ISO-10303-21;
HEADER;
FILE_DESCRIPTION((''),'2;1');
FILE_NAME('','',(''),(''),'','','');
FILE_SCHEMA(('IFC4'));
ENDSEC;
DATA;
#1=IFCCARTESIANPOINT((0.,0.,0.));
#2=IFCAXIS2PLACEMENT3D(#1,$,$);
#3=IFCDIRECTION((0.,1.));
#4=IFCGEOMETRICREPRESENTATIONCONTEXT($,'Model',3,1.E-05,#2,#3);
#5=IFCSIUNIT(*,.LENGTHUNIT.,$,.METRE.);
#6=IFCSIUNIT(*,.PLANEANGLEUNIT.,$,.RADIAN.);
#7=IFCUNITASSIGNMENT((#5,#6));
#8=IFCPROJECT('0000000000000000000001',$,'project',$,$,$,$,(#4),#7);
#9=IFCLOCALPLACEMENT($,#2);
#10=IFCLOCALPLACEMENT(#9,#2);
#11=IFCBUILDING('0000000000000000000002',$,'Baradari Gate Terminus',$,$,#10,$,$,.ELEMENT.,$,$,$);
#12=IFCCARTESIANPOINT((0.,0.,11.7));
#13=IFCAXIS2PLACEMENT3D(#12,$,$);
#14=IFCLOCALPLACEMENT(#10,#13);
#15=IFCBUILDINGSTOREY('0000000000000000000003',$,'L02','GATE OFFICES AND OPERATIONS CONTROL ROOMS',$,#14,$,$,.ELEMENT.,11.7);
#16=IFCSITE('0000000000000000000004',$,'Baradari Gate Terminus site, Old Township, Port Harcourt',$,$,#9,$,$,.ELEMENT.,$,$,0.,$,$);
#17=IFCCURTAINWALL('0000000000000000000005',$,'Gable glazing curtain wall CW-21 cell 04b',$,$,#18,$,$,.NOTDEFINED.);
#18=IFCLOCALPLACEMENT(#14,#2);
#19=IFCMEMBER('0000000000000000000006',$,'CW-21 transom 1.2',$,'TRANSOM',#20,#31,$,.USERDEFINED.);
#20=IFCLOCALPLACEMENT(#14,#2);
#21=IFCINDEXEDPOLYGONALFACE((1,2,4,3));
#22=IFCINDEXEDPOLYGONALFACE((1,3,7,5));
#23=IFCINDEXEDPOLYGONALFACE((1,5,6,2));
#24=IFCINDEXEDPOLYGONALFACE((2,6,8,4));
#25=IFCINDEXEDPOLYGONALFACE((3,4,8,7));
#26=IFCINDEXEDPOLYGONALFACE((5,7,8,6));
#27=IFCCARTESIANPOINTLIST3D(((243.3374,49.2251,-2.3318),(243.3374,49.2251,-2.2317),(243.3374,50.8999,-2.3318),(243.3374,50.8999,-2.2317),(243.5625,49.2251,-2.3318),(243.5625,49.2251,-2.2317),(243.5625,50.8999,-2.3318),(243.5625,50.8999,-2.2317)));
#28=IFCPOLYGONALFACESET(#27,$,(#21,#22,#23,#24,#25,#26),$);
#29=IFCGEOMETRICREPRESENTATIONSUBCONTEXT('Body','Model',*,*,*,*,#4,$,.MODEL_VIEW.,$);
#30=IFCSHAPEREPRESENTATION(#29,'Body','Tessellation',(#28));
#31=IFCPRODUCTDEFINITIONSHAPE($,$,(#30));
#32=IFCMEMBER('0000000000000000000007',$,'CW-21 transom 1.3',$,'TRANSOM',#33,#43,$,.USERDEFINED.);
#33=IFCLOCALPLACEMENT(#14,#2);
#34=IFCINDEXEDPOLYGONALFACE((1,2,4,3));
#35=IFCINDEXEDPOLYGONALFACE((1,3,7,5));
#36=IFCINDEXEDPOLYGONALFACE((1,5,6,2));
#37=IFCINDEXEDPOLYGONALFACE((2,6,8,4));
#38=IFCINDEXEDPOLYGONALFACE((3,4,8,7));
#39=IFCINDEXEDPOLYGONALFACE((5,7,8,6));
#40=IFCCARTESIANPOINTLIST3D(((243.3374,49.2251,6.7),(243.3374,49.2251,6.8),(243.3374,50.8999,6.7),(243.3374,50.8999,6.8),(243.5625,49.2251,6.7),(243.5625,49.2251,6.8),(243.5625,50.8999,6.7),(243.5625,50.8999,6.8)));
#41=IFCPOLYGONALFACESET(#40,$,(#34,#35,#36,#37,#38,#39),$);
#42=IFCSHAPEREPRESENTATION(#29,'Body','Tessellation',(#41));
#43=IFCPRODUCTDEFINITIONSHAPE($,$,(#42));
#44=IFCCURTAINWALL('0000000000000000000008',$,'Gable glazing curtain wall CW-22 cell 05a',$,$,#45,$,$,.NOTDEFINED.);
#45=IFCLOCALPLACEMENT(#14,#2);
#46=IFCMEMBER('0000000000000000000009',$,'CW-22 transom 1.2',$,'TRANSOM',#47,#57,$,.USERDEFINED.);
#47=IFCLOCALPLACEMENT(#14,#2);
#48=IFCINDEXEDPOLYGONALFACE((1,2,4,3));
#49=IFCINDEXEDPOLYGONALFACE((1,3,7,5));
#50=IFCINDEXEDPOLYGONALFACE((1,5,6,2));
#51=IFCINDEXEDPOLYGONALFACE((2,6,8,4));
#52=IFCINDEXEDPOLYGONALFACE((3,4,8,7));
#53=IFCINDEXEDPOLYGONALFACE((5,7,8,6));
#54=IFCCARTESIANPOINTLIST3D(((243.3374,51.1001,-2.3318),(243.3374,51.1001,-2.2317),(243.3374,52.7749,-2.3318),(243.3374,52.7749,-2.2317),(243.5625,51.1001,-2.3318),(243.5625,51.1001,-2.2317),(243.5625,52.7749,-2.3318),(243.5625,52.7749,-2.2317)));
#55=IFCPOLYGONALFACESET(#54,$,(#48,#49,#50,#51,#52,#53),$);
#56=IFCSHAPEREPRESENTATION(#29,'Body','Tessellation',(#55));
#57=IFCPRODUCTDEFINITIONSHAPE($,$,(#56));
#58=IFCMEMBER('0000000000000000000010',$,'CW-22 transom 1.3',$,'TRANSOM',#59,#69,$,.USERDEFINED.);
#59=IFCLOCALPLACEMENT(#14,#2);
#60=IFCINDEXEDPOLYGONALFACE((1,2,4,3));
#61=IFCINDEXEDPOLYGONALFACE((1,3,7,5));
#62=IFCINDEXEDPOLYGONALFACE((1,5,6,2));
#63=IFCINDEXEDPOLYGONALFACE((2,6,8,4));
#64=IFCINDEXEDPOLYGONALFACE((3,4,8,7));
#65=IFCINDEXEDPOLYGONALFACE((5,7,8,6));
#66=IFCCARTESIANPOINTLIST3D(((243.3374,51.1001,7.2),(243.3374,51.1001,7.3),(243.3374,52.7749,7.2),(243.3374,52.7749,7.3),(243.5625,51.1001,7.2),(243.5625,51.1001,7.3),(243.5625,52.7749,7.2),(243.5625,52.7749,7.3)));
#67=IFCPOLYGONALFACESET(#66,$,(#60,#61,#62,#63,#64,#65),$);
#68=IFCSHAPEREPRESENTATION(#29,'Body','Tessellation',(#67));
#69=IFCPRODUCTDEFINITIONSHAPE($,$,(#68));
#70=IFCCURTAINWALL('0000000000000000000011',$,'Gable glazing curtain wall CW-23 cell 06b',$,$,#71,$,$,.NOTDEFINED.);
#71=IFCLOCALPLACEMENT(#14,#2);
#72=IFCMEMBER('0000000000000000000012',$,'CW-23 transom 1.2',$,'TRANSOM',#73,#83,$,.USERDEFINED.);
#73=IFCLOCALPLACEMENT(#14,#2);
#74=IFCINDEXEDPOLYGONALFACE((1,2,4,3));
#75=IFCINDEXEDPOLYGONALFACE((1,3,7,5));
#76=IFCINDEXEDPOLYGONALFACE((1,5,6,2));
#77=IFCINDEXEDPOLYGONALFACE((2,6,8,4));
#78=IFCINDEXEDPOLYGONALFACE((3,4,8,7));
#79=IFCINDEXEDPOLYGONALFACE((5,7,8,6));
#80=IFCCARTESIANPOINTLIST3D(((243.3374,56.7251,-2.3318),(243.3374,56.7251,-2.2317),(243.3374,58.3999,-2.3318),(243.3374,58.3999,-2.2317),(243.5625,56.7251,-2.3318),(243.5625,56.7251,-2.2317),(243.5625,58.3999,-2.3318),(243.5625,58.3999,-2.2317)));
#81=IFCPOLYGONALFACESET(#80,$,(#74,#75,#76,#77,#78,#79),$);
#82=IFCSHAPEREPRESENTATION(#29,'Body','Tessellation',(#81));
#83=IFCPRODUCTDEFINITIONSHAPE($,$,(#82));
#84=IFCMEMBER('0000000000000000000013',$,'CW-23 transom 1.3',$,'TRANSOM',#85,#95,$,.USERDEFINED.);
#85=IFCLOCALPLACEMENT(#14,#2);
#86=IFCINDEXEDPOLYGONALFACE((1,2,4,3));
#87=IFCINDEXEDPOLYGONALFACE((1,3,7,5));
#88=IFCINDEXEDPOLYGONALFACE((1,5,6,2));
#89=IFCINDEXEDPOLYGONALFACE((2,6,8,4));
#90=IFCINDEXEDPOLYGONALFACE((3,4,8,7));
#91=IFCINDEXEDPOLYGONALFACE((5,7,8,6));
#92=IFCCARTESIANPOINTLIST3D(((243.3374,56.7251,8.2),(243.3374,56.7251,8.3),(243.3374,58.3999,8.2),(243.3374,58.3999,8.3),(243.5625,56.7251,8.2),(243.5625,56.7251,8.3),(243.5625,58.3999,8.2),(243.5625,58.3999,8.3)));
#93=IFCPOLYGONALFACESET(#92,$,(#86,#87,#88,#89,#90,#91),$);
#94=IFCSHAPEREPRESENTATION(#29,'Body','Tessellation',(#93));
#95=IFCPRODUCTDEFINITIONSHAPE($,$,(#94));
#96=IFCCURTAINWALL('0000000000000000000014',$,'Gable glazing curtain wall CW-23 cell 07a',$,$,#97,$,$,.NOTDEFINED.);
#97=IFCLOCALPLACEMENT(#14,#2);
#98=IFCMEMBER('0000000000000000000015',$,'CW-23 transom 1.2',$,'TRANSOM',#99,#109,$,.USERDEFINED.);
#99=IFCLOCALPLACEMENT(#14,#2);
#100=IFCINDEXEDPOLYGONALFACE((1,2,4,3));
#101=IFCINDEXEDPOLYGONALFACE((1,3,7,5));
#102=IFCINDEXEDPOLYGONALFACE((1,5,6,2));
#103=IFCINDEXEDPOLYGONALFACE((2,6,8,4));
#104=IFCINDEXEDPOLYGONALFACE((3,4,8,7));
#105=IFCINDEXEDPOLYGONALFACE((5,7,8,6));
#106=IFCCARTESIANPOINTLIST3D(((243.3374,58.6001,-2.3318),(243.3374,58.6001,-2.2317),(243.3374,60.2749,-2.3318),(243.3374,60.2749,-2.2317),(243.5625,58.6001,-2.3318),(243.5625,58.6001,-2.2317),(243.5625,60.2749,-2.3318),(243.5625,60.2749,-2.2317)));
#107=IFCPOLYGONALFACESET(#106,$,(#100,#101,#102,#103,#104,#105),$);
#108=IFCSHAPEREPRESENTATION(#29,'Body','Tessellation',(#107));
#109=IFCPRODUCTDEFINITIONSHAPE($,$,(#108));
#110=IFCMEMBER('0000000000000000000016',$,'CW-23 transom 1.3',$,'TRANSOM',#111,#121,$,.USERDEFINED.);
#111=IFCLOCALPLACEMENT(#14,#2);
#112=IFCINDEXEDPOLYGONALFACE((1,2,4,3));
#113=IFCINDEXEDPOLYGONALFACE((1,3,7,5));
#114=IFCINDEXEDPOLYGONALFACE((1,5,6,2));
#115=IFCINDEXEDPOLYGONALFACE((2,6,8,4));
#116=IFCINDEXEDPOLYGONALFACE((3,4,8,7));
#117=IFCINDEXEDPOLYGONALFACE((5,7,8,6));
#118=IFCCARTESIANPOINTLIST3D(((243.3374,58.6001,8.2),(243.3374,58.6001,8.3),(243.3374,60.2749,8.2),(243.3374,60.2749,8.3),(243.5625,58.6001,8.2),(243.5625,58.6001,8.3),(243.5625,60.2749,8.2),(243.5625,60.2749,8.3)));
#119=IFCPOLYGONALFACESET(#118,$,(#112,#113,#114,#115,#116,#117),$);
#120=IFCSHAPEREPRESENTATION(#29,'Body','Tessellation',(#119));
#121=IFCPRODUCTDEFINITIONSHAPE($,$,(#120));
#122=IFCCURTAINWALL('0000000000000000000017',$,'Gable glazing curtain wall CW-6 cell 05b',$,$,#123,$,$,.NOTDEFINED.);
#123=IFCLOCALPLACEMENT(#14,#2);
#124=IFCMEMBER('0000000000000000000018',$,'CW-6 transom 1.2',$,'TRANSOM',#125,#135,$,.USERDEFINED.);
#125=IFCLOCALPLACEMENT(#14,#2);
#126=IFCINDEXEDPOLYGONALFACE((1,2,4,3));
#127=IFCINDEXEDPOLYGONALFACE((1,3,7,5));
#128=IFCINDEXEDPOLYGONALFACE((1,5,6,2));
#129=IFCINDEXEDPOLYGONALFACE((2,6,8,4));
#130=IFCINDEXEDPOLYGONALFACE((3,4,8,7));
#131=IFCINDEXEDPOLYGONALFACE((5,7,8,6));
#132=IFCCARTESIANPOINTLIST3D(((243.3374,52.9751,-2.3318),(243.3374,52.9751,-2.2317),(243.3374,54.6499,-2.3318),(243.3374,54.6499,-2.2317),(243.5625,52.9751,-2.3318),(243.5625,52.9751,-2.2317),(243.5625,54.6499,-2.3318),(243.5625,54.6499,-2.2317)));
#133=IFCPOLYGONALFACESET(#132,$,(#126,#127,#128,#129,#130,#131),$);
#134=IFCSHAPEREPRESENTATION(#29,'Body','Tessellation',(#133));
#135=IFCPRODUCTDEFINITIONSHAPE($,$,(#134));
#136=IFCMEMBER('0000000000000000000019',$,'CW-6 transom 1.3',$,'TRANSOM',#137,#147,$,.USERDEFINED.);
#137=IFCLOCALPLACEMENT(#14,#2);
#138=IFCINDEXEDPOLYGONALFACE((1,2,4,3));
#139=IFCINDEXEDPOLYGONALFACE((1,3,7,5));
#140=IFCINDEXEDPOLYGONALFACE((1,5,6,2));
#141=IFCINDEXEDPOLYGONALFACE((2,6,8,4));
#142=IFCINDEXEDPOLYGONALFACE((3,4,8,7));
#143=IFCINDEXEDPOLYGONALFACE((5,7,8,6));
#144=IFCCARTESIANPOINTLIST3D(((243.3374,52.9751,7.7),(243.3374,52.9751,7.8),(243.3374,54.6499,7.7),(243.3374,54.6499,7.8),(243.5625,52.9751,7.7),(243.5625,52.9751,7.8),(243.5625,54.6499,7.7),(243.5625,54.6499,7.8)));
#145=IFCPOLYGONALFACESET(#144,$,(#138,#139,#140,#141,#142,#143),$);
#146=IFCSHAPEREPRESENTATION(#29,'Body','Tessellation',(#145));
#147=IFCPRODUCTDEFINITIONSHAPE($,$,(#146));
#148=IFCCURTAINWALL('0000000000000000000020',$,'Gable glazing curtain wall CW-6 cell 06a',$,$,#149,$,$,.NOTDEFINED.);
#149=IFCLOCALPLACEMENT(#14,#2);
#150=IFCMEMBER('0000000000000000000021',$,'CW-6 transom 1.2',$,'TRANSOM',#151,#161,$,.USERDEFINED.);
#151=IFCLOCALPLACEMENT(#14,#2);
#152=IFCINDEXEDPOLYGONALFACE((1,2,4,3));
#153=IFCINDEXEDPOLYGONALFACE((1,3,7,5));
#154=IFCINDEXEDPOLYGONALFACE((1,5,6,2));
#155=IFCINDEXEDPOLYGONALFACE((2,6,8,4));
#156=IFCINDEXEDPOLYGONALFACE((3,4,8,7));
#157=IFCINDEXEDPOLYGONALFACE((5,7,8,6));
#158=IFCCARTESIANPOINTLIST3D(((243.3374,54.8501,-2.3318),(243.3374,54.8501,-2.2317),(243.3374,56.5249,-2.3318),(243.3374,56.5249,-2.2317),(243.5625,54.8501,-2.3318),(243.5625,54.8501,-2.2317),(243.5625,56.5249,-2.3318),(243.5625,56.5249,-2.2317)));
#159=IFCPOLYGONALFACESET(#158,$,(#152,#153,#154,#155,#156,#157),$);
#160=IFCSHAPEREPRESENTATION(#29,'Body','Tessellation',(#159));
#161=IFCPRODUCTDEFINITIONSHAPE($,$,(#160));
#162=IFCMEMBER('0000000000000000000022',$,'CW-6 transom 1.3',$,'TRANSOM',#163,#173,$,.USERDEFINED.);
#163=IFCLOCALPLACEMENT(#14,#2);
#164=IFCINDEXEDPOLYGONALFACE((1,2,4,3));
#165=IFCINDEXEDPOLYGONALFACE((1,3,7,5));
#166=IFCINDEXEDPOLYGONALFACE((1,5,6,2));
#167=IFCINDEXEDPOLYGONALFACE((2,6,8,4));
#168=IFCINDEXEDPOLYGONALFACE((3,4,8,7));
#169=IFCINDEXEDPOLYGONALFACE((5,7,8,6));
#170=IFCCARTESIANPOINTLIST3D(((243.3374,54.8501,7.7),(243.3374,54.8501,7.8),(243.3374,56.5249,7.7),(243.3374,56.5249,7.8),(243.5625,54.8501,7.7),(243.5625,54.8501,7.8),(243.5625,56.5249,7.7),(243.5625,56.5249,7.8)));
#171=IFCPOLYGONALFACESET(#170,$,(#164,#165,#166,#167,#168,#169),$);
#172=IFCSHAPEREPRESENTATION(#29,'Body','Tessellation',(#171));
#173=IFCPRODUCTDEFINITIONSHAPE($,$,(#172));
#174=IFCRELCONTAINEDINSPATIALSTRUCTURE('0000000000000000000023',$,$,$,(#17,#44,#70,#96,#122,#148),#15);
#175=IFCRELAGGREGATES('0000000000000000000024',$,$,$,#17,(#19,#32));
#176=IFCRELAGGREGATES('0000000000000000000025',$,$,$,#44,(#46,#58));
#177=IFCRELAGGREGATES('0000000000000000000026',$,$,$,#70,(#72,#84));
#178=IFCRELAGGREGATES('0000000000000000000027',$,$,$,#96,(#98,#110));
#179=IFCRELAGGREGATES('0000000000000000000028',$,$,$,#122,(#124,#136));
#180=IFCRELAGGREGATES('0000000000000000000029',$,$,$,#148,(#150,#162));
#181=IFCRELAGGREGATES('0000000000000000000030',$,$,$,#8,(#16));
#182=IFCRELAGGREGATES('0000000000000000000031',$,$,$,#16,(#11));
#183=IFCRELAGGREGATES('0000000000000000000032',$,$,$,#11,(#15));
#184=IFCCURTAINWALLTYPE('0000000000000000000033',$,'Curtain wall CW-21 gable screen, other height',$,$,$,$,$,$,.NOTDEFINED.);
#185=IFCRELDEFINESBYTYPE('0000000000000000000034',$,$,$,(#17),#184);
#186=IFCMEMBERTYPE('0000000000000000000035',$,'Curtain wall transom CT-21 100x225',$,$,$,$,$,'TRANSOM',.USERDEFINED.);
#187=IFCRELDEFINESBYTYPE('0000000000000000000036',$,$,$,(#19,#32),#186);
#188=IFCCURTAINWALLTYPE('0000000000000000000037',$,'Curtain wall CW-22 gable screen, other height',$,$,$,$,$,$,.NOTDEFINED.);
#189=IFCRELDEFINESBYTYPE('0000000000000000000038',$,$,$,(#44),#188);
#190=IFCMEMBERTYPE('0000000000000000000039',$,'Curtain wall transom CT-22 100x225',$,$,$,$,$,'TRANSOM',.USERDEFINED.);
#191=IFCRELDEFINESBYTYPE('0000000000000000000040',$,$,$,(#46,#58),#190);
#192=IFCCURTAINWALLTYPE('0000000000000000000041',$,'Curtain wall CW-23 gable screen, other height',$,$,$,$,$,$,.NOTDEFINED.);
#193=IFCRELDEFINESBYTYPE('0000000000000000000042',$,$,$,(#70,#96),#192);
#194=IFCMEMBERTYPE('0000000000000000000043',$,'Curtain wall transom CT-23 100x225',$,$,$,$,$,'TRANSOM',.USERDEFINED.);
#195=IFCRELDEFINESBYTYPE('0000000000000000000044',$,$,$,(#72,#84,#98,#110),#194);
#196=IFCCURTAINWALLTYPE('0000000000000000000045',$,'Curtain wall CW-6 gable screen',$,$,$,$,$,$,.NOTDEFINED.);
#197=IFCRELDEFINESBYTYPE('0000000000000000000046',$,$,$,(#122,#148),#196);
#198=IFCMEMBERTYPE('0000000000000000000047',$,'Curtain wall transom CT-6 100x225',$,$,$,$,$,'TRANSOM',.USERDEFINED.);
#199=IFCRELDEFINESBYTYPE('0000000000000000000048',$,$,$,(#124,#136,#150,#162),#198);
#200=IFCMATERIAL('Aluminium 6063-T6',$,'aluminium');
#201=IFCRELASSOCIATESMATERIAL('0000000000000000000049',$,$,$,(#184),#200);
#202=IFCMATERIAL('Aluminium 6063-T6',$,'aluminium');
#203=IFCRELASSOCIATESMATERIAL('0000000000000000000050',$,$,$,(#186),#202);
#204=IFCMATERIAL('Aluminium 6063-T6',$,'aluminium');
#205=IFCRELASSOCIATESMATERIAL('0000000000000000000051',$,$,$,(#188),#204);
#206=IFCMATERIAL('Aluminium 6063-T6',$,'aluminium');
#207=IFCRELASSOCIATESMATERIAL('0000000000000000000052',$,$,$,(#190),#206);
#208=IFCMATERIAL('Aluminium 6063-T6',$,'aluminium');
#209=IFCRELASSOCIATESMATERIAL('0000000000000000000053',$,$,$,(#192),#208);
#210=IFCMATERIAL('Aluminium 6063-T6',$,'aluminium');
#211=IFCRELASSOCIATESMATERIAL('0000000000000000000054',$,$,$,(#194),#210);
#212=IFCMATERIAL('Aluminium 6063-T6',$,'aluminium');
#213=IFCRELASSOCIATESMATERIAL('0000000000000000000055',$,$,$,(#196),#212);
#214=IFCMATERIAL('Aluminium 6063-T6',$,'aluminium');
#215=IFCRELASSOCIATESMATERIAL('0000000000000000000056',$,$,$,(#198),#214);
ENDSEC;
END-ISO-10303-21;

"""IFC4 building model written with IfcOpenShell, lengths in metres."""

from ifc_helpers import new_model, si_unit, direction, frame, origin, origin_2d, place, context, subcontext, project, spatial, rectangle, extrude, material, material_profile, profile_set, type_object, element, aggregate, save


model = new_model("IFC4")

# Units and contexts
model_context = context("Model", 3, precision=1e-05, world=origin(), true_north=direction((0.0, 1.0)))
body_context = subcontext(model_context, "Body", "Model", "MODEL_VIEW")
ifc_project = project(units=[si_unit("LENGTHUNIT", "METRE"), si_unit("PLANEANGLEUNIT", "RADIAN")], contexts=[model_context])

# Site, building, storey
site_placement = place(None, origin())
site = spatial("IfcSite", under=ifc_project, at=site_placement, Name="Baradari Gate Terminus site, Old Township, Port Harcourt", CompositionType="ELEMENT", RefElevation=0.0)
building_placement = place(site_placement, origin())
building = spatial("IfcBuilding", under=site, at=building_placement, Name="Baradari Gate Terminus", CompositionType="ELEMENT")
storey_placement = place(building_placement, frame((0.0, 0.0, 11.7)))
storey = spatial("IfcBuildingStorey", under=building, at=storey_placement, Name="L02", Description="GATE OFFICES AND OPERATIONS CONTROL ROOMS", CompositionType="ELEMENT", Elevation=11.7)

# Curtain walls, members
ifc_material_1 = material(Name="Aluminium 6063-T6", Category="aluminium")
curtain_wall_type_1 = type_object("IfcCurtainWallType", Name="Curtain wall CW-21 gable screen, other height", PredefinedType="NOTDEFINED", material=ifc_material_1)
curtain_wall_1_placement = place(storey_placement, origin())
curtain_wall_1 = element("IfcCurtainWall", 1, at=curtain_wall_1_placement, inside=storey, type_object=curtain_wall_type_1, Name="Gable glazing curtain wall CW-21 cell 04b", PredefinedType="NOTDEFINED")
ifc_material_2 = material(Name="Aluminium 6063-T6", Category="aluminium")
ifc_material_profile_1 = material_profile(ifc_material_2, rectangle(XDim=0.2251, YDim=0.1001, at=origin_2d()), Name="CT-21 100X225")
ifc_profile_set_1 = profile_set([ifc_material_profile_1], Name="Aluminium 6063-T6")
member_type_1 = type_object("IfcMemberType", Name="Curtain wall transom CT-21 100x225", ElementType="TRANSOM", PredefinedType="USERDEFINED", material=ifc_profile_set_1)
member_1_placement = place(storey_placement, frame((243.45, 49.2251, -2.2817), z_axis=(0.0, 1.0, 0.0), x_axis=(-1.0, 0.0, 0.0)))
member_1 = element("IfcMember", 2, at=member_1_placement, type_object=member_type_1, Name="CW-21 transom 1.2", ObjectType="TRANSOM", PredefinedType="USERDEFINED", context=body_context, shape_type="SweptSolid", body=[
    extrude(rectangle(XDim=0.2251, YDim=0.1001, at=origin_2d()), origin(), (0.0, 0.0, 1.0), 1.6748),
])
member_2_placement = place(storey_placement, frame((243.45, 49.2251, 6.75), z_axis=(0.0, 1.0, 0.0), x_axis=(-1.0, 0.0, 0.0)))
member_2 = element("IfcMember", 3, at=member_2_placement, type_object=member_type_1, Name="CW-21 transom 1.3", ObjectType="TRANSOM", PredefinedType="USERDEFINED", context=body_context, shape_type="SweptSolid", body=[
    extrude(rectangle(XDim=0.2251, YDim=0.1001, at=origin_2d()), origin(), (0.0, 0.0, 1.0), 1.6748),
])
ifc_material_3 = material(Name="Aluminium 6063-T6", Category="aluminium")
curtain_wall_type_2 = type_object("IfcCurtainWallType", Name="Curtain wall CW-22 gable screen, other height", PredefinedType="NOTDEFINED", material=ifc_material_3)
curtain_wall_2_placement = place(storey_placement, origin())
curtain_wall_2 = element("IfcCurtainWall", 4, at=curtain_wall_2_placement, inside=storey, type_object=curtain_wall_type_2, Name="Gable glazing curtain wall CW-22 cell 05a", PredefinedType="NOTDEFINED")
ifc_material_4 = material(Name="Aluminium 6063-T6", Category="aluminium")
ifc_material_profile_2 = material_profile(ifc_material_4, rectangle(XDim=0.2251, YDim=0.1001, at=origin_2d()), Name="CT-22 100X225")
ifc_profile_set_2 = profile_set([ifc_material_profile_2], Name="Aluminium 6063-T6")
member_type_2 = type_object("IfcMemberType", Name="Curtain wall transom CT-22 100x225", ElementType="TRANSOM", PredefinedType="USERDEFINED", material=ifc_profile_set_2)
member_3_placement = place(storey_placement, frame((243.45, 51.1001, -2.2817), z_axis=(0.0, 1.0, 0.0), x_axis=(-1.0, 0.0, 0.0)))
member_3 = element("IfcMember", 5, at=member_3_placement, type_object=member_type_2, Name="CW-22 transom 1.2", ObjectType="TRANSOM", PredefinedType="USERDEFINED", context=body_context, shape_type="SweptSolid", body=[
    extrude(rectangle(XDim=0.2251, YDim=0.1001, at=origin_2d()), origin(), (0.0, 0.0, 1.0), 1.6748),
])
member_4_placement = place(storey_placement, frame((243.45, 51.1001, 7.25), z_axis=(0.0, 1.0, 0.0), x_axis=(-1.0, 0.0, 0.0)))
member_4 = element("IfcMember", 6, at=member_4_placement, type_object=member_type_2, Name="CW-22 transom 1.3", ObjectType="TRANSOM", PredefinedType="USERDEFINED", context=body_context, shape_type="SweptSolid", body=[
    extrude(rectangle(XDim=0.2251, YDim=0.1001, at=origin_2d()), origin(), (0.0, 0.0, 1.0), 1.6748),
])
ifc_material_5 = material(Name="Aluminium 6063-T6", Category="aluminium")
curtain_wall_type_3 = type_object("IfcCurtainWallType", Name="Curtain wall CW-23 gable screen, other height", PredefinedType="NOTDEFINED", material=ifc_material_5)
curtain_wall_3_placement = place(storey_placement, origin())
curtain_wall_3 = element("IfcCurtainWall", 7, at=curtain_wall_3_placement, inside=storey, type_object=curtain_wall_type_3, Name="Gable glazing curtain wall CW-23 cell 06b", PredefinedType="NOTDEFINED")
ifc_material_6 = material(Name="Aluminium 6063-T6", Category="aluminium")
ifc_material_profile_3 = material_profile(ifc_material_6, rectangle(XDim=0.2251, YDim=0.1001, at=origin_2d()), Name="CT-23 100X225")
ifc_profile_set_3 = profile_set([ifc_material_profile_3], Name="Aluminium 6063-T6")
member_type_3 = type_object("IfcMemberType", Name="Curtain wall transom CT-23 100x225", ElementType="TRANSOM", PredefinedType="USERDEFINED", material=ifc_profile_set_3)
member_5_placement = place(storey_placement, frame((243.45, 56.7251, -2.2817), z_axis=(0.0, 1.0, 0.0), x_axis=(-1.0, 0.0, 0.0)))
member_5 = element("IfcMember", 8, at=member_5_placement, type_object=member_type_3, Name="CW-23 transom 1.2", ObjectType="TRANSOM", PredefinedType="USERDEFINED", context=body_context, shape_type="SweptSolid", body=[
    extrude(rectangle(XDim=0.2251, YDim=0.1001, at=origin_2d()), origin(), (0.0, 0.0, 1.0), 1.6748),
])
member_6_placement = place(storey_placement, frame((243.45, 56.7251, 8.25), z_axis=(0.0, 1.0, 0.0), x_axis=(-1.0, 0.0, 0.0)))
member_6 = element("IfcMember", 9, at=member_6_placement, type_object=member_type_3, Name="CW-23 transom 1.3", ObjectType="TRANSOM", PredefinedType="USERDEFINED", context=body_context, shape_type="SweptSolid", body=[
    extrude(rectangle(XDim=0.2251, YDim=0.1001, at=origin_2d()), origin(), (0.0, 0.0, 1.0), 1.6748),
])
curtain_wall_4_placement = place(storey_placement, origin())
curtain_wall_4 = element("IfcCurtainWall", 10, at=curtain_wall_4_placement, inside=storey, type_object=curtain_wall_type_3, Name="Gable glazing curtain wall CW-23 cell 07a", PredefinedType="NOTDEFINED")
member_7_placement = place(storey_placement, frame((243.45, 58.6001, -2.2817), z_axis=(0.0, 1.0, 0.0), x_axis=(-1.0, 0.0, 0.0)))
member_7 = element("IfcMember", 11, at=member_7_placement, type_object=member_type_3, Name="CW-23 transom 1.2", ObjectType="TRANSOM", PredefinedType="USERDEFINED", context=body_context, shape_type="SweptSolid", body=[
    extrude(rectangle(XDim=0.2251, YDim=0.1001, at=origin_2d()), origin(), (0.0, 0.0, 1.0), 1.6748),
])
member_8_placement = place(storey_placement, frame((243.45, 58.6001, 8.25), z_axis=(0.0, 1.0, 0.0), x_axis=(-1.0, 0.0, 0.0)))
member_8 = element("IfcMember", 12, at=member_8_placement, type_object=member_type_3, Name="CW-23 transom 1.3", ObjectType="TRANSOM", PredefinedType="USERDEFINED", context=body_context, shape_type="SweptSolid", body=[
    extrude(rectangle(XDim=0.2251, YDim=0.1001, at=origin_2d()), origin(), (0.0, 0.0, 1.0), 1.6748),
])
ifc_material_7 = material(Name="Aluminium 6063-T6", Category="aluminium")
curtain_wall_type_4 = type_object("IfcCurtainWallType", Name="Curtain wall CW-6 gable screen", PredefinedType="NOTDEFINED", material=ifc_material_7)
curtain_wall_5_placement = place(storey_placement, origin())
curtain_wall_5 = element("IfcCurtainWall", 13, at=curtain_wall_5_placement, inside=storey, type_object=curtain_wall_type_4, Name="Gable glazing curtain wall CW-6 cell 05b", PredefinedType="NOTDEFINED")
ifc_material_8 = material(Name="Aluminium 6063-T6", Category="aluminium")
ifc_material_profile_4 = material_profile(ifc_material_8, rectangle(XDim=0.2251, YDim=0.1001, at=origin_2d()), Name="CT-6 100X225")
ifc_profile_set_4 = profile_set([ifc_material_profile_4], Name="Aluminium 6063-T6")
member_type_4 = type_object("IfcMemberType", Name="Curtain wall transom CT-6 100x225", ElementType="TRANSOM", PredefinedType="USERDEFINED", material=ifc_profile_set_4)
member_9_placement = place(storey_placement, frame((243.45, 52.9751, -2.2817), z_axis=(0.0, 1.0, 0.0), x_axis=(-1.0, 0.0, 0.0)))
member_9 = element("IfcMember", 14, at=member_9_placement, type_object=member_type_4, Name="CW-6 transom 1.2", ObjectType="TRANSOM", PredefinedType="USERDEFINED", context=body_context, shape_type="SweptSolid", body=[
    extrude(rectangle(XDim=0.2251, YDim=0.1001, at=origin_2d()), origin(), (0.0, 0.0, 1.0), 1.6748),
])
member_10_placement = place(storey_placement, frame((243.45, 52.9751, 7.75), z_axis=(0.0, 1.0, 0.0), x_axis=(-1.0, 0.0, 0.0)))
member_10 = element("IfcMember", 15, at=member_10_placement, type_object=member_type_4, Name="CW-6 transom 1.3", ObjectType="TRANSOM", PredefinedType="USERDEFINED", context=body_context, shape_type="SweptSolid", body=[
    extrude(rectangle(XDim=0.2251, YDim=0.1001, at=origin_2d()), origin(), (0.0, 0.0, 1.0), 1.6748),
])
curtain_wall_6_placement = place(storey_placement, origin())
curtain_wall_6 = element("IfcCurtainWall", 16, at=curtain_wall_6_placement, inside=storey, type_object=curtain_wall_type_4, Name="Gable glazing curtain wall CW-6 cell 06a", PredefinedType="NOTDEFINED")
member_11_placement = place(storey_placement, frame((243.45, 54.8501, -2.2817), z_axis=(0.0, 1.0, 0.0), x_axis=(-1.0, 0.0, 0.0)))
member_11 = element("IfcMember", 17, at=member_11_placement, type_object=member_type_4, Name="CW-6 transom 1.2", ObjectType="TRANSOM", PredefinedType="USERDEFINED", context=body_context, shape_type="SweptSolid", body=[
    extrude(rectangle(XDim=0.2251, YDim=0.1001, at=origin_2d()), origin(), (0.0, 0.0, 1.0), 1.6748),
])
member_12_placement = place(storey_placement, frame((243.45, 54.8501, 7.75), z_axis=(0.0, 1.0, 0.0), x_axis=(-1.0, 0.0, 0.0)))
member_12 = element("IfcMember", 18, at=member_12_placement, type_object=member_type_4, Name="CW-6 transom 1.3", ObjectType="TRANSOM", PredefinedType="USERDEFINED", context=body_context, shape_type="SweptSolid", body=[
    extrude(rectangle(XDim=0.2251, YDim=0.1001, at=origin_2d()), origin(), (0.0, 0.0, 1.0), 1.6748),
])

aggregate(curtain_wall_1, [member_1, member_2])
aggregate(curtain_wall_2, [member_3, member_4])
aggregate(curtain_wall_3, [member_5, member_6])
aggregate(curtain_wall_4, [member_7, member_8])
aggregate(curtain_wall_5, [member_9, member_10])
aggregate(curtain_wall_6, [member_11, member_12])

save(model, "model.ifc")
